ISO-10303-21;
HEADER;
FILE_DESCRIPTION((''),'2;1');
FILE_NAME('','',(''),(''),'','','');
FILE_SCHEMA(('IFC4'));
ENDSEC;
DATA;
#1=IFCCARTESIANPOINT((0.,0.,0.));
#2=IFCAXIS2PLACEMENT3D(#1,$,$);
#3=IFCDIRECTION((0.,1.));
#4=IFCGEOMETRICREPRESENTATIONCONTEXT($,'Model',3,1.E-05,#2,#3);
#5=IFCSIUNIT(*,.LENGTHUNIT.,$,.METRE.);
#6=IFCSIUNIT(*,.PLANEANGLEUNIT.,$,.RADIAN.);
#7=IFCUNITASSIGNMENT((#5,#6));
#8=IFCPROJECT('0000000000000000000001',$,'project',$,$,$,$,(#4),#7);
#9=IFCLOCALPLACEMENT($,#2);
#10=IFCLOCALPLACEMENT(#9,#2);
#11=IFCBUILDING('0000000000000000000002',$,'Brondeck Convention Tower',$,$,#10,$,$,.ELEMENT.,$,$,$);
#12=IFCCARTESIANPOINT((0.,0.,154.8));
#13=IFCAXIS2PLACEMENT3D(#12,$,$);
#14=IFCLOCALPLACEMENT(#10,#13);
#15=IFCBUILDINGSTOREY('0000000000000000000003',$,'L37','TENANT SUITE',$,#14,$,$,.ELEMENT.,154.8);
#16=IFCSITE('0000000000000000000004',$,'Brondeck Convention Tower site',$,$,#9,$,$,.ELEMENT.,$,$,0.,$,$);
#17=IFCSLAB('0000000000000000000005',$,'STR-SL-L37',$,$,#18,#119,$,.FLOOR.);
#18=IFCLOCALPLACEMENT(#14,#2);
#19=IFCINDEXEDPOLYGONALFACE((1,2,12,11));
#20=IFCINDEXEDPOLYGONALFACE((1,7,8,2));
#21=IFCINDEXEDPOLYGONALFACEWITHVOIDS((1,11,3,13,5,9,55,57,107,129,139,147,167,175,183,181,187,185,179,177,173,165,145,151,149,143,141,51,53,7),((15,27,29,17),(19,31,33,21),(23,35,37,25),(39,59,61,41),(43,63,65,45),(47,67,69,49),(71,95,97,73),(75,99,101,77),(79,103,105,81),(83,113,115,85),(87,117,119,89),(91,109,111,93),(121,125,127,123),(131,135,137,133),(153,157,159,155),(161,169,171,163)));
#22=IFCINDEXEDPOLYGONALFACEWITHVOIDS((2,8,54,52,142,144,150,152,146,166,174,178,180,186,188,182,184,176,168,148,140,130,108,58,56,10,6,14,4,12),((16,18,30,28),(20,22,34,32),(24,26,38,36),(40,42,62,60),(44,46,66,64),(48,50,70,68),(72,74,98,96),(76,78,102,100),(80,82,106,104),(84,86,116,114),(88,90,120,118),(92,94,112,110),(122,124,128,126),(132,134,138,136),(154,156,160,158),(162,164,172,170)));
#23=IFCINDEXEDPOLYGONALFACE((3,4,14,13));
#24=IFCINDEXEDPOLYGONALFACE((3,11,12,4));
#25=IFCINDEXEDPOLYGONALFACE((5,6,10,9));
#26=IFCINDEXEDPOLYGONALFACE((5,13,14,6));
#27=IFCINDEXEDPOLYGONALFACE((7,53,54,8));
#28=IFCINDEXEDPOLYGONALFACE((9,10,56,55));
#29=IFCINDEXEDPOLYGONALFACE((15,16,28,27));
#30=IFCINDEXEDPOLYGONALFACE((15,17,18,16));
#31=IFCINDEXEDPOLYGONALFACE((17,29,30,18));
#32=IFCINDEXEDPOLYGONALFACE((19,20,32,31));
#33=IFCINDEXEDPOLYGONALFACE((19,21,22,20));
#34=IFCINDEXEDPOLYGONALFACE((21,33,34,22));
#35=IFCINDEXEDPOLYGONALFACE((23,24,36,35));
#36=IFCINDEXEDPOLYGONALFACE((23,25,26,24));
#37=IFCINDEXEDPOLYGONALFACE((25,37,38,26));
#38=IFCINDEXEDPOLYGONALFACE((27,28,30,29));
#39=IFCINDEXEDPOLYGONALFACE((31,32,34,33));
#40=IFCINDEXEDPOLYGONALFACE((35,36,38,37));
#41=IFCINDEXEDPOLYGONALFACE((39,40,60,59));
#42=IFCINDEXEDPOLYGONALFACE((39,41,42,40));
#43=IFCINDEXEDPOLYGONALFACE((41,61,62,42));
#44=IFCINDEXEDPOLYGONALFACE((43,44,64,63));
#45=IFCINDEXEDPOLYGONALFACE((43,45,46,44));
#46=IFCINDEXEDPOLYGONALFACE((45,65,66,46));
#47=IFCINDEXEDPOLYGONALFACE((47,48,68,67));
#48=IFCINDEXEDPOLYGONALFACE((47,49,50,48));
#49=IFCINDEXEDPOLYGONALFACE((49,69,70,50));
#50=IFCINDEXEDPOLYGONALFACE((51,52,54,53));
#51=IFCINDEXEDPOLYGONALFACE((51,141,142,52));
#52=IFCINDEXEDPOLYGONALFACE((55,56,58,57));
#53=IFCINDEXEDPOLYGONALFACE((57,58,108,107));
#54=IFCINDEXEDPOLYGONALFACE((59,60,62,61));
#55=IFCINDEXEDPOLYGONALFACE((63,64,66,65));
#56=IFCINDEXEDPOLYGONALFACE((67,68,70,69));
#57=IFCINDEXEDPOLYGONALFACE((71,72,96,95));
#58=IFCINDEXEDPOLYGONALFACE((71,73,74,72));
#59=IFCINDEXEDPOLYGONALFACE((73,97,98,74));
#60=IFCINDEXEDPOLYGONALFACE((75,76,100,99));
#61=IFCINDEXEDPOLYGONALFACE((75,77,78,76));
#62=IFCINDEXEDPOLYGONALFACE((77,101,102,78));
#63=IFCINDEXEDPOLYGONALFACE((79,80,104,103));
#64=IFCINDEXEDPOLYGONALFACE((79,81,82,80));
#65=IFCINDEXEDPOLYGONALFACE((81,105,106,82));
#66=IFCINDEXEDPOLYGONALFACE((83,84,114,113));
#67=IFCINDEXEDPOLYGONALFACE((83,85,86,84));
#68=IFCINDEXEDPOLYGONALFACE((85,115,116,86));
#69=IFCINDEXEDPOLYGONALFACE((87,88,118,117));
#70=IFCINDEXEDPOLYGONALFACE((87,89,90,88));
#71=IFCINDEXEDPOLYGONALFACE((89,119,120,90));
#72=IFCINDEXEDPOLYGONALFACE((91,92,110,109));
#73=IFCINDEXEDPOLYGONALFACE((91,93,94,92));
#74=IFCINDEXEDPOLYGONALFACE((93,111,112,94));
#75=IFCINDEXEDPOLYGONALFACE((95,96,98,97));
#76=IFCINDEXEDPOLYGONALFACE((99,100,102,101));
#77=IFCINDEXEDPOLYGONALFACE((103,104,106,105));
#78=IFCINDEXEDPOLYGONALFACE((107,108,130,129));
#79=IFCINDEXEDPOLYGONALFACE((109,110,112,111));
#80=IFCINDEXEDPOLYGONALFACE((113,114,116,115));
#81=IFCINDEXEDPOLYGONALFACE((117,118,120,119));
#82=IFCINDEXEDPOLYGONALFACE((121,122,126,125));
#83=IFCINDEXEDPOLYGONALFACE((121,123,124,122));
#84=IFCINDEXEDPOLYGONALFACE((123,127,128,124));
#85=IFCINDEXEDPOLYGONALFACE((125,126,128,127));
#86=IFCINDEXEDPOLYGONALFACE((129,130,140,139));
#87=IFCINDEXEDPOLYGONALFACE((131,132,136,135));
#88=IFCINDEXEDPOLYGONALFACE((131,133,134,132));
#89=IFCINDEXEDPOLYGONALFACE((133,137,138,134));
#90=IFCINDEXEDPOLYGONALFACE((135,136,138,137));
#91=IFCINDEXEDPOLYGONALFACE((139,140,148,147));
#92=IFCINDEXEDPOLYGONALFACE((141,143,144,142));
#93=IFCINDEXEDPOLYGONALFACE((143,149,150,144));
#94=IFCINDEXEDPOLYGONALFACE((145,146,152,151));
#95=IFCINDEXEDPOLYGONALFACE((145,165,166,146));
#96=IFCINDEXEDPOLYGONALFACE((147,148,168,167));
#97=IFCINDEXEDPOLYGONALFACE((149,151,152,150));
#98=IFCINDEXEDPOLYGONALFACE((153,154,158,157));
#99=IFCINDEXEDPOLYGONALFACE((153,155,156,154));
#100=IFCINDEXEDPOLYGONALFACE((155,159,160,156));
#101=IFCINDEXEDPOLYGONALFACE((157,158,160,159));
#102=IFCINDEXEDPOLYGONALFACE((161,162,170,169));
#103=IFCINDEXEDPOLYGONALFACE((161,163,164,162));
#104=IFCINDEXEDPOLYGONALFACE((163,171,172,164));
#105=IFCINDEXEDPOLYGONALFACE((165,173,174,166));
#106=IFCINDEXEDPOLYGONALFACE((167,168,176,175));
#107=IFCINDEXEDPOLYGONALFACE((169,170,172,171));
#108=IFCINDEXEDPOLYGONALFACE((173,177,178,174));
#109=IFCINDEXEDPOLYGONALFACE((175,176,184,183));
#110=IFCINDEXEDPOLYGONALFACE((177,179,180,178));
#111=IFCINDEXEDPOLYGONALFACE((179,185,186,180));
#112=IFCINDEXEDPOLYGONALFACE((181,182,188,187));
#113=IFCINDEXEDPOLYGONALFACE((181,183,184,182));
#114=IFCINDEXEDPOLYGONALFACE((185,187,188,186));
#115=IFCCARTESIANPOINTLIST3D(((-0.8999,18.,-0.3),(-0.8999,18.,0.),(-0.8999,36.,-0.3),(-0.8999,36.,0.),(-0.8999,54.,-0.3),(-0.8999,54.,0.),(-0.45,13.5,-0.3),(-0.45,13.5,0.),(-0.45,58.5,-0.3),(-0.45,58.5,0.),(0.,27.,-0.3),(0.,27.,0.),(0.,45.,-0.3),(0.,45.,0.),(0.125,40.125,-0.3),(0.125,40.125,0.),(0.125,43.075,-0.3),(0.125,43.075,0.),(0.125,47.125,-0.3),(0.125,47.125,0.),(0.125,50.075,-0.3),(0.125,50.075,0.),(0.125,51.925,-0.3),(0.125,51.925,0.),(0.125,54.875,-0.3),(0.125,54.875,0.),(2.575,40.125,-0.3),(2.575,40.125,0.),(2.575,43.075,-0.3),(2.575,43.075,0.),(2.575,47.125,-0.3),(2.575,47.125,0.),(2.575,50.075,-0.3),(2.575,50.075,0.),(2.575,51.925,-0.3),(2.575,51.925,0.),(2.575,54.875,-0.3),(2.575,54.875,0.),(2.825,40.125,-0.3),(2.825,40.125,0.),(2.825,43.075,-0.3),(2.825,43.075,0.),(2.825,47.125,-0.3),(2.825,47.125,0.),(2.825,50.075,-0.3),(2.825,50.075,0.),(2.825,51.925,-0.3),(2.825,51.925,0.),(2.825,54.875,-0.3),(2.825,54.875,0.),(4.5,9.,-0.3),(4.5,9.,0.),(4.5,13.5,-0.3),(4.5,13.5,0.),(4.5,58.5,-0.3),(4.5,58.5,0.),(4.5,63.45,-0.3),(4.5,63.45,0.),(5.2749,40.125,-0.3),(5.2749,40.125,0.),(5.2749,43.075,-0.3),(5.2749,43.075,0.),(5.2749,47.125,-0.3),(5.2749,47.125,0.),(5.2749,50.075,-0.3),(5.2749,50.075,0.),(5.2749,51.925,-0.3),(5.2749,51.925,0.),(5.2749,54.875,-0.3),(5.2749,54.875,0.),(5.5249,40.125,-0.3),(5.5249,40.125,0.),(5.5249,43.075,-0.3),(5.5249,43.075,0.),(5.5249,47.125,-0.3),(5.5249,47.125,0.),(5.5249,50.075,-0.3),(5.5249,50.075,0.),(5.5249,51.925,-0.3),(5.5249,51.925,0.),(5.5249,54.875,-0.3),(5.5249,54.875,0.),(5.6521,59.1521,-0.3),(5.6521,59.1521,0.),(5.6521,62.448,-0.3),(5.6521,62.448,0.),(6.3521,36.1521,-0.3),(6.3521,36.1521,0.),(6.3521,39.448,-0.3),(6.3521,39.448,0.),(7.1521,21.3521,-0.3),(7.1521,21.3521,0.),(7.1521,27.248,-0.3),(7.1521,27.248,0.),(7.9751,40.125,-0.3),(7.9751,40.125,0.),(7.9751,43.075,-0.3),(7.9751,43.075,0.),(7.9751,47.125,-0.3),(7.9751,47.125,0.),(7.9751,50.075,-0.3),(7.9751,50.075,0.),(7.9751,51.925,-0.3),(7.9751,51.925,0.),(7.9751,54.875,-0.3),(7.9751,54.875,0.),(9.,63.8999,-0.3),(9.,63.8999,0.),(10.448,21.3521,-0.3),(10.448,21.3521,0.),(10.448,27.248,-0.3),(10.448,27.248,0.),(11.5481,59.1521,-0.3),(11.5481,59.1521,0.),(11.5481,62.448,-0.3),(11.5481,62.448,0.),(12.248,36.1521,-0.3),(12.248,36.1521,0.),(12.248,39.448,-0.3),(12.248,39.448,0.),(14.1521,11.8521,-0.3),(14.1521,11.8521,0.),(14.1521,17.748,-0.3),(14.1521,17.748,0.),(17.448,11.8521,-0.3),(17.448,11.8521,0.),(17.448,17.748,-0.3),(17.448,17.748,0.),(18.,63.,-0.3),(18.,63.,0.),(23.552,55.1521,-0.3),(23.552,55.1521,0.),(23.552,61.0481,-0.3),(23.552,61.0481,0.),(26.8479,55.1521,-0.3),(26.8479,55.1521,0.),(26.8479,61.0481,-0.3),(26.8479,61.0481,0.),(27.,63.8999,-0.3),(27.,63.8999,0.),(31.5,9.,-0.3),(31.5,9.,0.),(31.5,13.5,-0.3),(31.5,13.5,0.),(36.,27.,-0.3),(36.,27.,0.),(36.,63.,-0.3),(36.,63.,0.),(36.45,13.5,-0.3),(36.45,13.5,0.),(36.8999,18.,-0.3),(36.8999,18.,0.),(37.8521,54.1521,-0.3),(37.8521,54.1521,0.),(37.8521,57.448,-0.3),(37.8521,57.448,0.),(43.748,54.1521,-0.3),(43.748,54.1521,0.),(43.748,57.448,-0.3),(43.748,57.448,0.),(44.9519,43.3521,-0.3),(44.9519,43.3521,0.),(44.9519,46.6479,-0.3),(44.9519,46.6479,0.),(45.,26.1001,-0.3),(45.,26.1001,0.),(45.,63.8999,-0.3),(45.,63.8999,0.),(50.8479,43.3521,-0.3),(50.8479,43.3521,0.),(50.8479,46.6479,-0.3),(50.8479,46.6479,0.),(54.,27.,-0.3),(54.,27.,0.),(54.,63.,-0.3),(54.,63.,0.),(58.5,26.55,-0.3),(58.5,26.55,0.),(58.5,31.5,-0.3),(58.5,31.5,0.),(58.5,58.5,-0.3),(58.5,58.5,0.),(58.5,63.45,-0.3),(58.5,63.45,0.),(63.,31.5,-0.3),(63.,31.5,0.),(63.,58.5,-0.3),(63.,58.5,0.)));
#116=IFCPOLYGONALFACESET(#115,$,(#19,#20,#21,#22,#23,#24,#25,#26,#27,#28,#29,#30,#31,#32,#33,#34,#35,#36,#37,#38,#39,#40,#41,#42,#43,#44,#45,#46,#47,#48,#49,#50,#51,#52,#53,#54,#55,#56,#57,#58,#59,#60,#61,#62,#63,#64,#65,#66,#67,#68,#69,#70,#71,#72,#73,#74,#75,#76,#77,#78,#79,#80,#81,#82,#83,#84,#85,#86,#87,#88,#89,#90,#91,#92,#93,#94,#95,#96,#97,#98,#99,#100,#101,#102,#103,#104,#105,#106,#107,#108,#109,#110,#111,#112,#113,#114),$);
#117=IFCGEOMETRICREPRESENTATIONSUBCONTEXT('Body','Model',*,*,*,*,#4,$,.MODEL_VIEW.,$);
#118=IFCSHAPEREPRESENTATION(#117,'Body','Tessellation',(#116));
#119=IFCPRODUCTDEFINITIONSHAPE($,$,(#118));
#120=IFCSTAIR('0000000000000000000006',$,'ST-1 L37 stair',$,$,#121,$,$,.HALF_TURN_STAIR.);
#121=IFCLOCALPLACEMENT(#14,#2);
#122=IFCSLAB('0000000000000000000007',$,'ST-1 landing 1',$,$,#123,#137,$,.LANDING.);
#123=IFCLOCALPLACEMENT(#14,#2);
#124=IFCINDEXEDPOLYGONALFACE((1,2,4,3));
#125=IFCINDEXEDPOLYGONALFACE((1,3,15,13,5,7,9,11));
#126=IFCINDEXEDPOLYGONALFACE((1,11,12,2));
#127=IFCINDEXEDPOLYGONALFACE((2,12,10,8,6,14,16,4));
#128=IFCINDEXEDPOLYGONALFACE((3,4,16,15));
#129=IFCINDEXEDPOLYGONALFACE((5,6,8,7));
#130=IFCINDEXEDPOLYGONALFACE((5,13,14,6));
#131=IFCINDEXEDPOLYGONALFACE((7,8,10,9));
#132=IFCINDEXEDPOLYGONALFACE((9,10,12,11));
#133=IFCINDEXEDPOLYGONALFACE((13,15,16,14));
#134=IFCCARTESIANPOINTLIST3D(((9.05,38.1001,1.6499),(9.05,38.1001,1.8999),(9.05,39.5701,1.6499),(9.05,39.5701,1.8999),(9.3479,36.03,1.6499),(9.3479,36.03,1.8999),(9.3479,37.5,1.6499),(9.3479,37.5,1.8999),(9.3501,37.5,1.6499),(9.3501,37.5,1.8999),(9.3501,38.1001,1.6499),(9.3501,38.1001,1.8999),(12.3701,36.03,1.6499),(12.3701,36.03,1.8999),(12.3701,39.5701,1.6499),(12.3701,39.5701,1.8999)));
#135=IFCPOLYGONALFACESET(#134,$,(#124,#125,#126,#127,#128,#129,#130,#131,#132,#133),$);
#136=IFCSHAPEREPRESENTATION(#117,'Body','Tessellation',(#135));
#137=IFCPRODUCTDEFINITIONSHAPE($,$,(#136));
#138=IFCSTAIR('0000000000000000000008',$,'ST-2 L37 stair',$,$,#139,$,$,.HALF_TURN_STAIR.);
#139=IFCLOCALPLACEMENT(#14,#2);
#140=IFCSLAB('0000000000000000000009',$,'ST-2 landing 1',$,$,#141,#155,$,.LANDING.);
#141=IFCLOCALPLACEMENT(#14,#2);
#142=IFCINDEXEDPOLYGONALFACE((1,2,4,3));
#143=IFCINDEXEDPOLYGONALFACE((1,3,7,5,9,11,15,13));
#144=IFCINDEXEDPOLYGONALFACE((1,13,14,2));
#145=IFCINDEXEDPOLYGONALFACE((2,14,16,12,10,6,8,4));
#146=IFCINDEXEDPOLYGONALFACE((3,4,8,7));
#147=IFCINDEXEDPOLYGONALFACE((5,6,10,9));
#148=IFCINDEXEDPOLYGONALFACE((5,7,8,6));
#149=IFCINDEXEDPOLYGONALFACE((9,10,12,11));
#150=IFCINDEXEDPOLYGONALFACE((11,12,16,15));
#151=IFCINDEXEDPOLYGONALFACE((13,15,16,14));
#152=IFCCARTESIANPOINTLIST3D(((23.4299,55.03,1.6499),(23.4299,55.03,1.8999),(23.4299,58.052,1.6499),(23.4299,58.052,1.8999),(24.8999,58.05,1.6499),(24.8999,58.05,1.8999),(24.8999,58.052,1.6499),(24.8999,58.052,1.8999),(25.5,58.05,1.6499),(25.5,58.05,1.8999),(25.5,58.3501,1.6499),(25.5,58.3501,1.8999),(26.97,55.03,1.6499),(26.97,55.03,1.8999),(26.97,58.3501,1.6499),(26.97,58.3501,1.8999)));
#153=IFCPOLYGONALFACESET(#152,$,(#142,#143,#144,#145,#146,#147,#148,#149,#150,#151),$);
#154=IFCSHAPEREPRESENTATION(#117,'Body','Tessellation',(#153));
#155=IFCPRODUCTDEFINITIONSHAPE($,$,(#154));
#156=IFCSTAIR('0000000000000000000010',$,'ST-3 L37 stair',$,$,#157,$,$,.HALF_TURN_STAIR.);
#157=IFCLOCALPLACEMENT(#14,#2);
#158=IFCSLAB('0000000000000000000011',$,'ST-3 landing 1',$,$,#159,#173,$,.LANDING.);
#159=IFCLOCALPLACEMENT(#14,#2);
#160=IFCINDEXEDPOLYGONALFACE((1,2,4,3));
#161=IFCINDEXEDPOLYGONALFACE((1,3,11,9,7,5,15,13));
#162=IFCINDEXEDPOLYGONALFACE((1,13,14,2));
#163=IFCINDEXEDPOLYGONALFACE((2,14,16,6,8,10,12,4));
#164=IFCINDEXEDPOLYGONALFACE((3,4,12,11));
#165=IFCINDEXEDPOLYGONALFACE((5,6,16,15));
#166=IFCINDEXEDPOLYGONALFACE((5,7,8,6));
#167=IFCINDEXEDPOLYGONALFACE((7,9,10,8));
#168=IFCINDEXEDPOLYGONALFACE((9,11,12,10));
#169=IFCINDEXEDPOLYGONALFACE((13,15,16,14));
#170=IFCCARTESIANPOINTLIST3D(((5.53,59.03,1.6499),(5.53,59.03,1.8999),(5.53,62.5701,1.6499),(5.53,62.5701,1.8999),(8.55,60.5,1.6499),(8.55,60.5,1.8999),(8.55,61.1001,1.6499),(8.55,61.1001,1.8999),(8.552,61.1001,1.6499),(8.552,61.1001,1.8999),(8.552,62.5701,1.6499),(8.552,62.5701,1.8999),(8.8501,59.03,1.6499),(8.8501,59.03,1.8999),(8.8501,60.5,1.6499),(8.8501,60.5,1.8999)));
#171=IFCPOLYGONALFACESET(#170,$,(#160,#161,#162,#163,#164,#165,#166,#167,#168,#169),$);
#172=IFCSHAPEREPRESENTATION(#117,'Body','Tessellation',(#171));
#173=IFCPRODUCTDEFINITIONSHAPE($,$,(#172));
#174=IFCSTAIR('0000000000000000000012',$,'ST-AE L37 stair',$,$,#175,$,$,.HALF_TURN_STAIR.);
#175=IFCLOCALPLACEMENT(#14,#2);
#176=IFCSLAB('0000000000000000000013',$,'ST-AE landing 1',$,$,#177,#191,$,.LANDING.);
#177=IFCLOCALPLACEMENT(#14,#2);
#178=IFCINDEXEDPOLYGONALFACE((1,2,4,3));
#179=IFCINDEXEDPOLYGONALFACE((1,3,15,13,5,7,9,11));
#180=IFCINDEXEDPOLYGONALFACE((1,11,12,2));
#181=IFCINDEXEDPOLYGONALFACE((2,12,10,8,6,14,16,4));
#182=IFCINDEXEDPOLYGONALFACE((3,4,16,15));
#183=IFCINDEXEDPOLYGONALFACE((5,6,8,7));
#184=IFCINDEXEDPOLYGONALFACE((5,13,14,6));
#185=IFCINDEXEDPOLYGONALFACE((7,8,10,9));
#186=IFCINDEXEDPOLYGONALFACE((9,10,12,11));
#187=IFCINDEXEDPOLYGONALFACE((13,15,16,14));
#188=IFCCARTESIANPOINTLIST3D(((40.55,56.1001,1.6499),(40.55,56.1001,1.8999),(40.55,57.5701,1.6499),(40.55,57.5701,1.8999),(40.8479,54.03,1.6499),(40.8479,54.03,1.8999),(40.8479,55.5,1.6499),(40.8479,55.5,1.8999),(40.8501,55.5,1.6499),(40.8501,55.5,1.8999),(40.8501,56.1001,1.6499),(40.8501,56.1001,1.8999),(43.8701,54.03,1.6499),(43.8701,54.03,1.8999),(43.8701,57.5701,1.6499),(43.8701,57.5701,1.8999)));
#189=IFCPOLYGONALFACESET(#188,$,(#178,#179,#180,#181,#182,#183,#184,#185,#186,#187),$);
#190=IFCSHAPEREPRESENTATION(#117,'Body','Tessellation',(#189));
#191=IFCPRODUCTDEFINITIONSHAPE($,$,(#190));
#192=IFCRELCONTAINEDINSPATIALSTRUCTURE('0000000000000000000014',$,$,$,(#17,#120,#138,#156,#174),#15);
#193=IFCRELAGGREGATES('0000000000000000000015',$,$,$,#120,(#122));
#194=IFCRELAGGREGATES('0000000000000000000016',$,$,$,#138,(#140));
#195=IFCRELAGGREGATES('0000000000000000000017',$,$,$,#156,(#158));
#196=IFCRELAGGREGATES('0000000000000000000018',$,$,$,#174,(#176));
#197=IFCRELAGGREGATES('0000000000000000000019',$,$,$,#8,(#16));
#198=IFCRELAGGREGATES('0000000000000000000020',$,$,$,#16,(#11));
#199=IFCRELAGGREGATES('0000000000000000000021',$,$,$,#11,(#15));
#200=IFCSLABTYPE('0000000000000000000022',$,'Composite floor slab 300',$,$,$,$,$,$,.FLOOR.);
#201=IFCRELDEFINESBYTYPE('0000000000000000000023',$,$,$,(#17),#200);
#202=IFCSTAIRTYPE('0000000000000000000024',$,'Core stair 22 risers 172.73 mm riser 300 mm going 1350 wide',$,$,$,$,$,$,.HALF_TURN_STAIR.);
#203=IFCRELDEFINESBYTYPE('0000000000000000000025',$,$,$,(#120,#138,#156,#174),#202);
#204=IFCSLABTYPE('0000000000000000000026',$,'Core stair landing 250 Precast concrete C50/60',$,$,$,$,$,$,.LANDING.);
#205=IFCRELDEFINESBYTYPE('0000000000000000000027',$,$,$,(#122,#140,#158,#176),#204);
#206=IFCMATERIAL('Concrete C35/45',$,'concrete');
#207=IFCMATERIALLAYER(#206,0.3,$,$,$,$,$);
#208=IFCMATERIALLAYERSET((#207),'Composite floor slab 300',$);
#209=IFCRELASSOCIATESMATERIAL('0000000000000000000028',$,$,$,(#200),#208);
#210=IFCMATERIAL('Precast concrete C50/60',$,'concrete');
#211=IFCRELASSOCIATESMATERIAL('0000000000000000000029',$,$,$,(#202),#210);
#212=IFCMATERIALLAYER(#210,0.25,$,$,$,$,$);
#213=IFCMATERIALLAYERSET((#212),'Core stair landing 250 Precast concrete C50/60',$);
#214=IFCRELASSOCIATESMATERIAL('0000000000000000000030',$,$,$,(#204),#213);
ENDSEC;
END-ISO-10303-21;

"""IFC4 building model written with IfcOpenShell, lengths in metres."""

from ifc_helpers import new_model, si_unit, direction, frame, origin, place, context, subcontext, project, spatial, polyline, outline, extrude, material, layer, layer_set, type_object, element, aggregate, save


model = new_model("IFC4")

# Units and contexts
model_context = context("Model", 3, precision=1e-05, world=origin(), true_north=direction((0.0, 1.0)))
body_context = subcontext(model_context, "Body", "Model", "MODEL_VIEW")
ifc_project = project(units=[si_unit("LENGTHUNIT", "METRE"), si_unit("PLANEANGLEUNIT", "RADIAN")], contexts=[model_context])

# Site, building, storey
site_placement = place(None, origin())
site = spatial("IfcSite", under=ifc_project, at=site_placement, Name="Brondeck Convention Tower site", CompositionType="ELEMENT", RefElevation=0.0)
building_placement = place(site_placement, origin())
building = spatial("IfcBuilding", under=site, at=building_placement, Name="Brondeck Convention Tower", CompositionType="ELEMENT")
storey_placement = place(building_placement, frame((0.0, 0.0, 154.8)))
storey = spatial("IfcBuildingStorey", under=building, at=storey_placement, Name="L37", Description="TENANT SUITE", CompositionType="ELEMENT", Elevation=154.8)

# Slab
ifc_material_1 = material(Name="Concrete C35/45", Category="concrete")
ifc_layer_1 = layer(ifc_material_1, 0.3)
ifc_layer_set_1 = layer_set([ifc_layer_1], Name="Composite floor slab 300")
slab_type_1 = type_object("IfcSlabType", Name="Composite floor slab 300", PredefinedType="FLOOR", material=ifc_layer_set_1)
slab_1_placement = place(storey_placement, frame((0.0, 0.0, -0.3)))
element("IfcSlab", 1, at=slab_1_placement, inside=storey, type_object=slab_type_1, Name="STR-SL-L37", PredefinedType="FLOOR", context=body_context, shape_type="SweptSolid", body=[
    extrude(outline(polyline([(4.5, 13.5), (-0.45, 13.5), (-0.8999, 18.0), (0.0, 27.0), (-0.8999, 36.0), (0.0, 45.0), (-0.8999, 54.0), (-0.45, 58.5), (4.5, 58.5), (4.5, 63.45), (9.0, 63.8999), (18.0, 63.0), (27.0, 63.8999), (36.0, 63.0), (45.0, 63.8999), (54.0, 63.0), (58.5, 63.45), (58.5, 58.5), (63.0, 58.5), (63.0, 31.5), (58.5, 31.5), (58.5, 26.55), (54.0, 27.0), (45.0, 26.1001), (36.0, 27.0), (36.8999, 18.0), (36.45, 13.5), (31.5, 13.5), (31.5, 9.0), (4.5, 9.0), (4.5, 13.5)]), holes=[polyline([(2.575, 40.125), (2.575, 43.075), (0.125, 43.075), (0.125, 40.125), (2.575, 40.125)]), polyline([(5.2749, 40.125), (5.2749, 43.075), (2.825, 43.075), (2.825, 40.125), (5.2749, 40.125)]), polyline([(7.9751, 40.125), (7.9751, 43.075), (5.5249, 43.075), (5.5249, 40.125), (7.9751, 40.125)]), polyline([(2.575, 47.125), (2.575, 50.075), (0.125, 50.075), (0.125, 47.125), (2.575, 47.125)]), polyline([(5.2749, 47.125), (5.2749, 50.075), (2.825, 50.075), (2.825, 47.125), (5.2749, 47.125)]), polyline([(7.9751, 47.125), (7.9751, 50.075), (5.5249, 50.075), (5.5249, 47.125), (7.9751, 47.125)]), polyline([(2.575, 51.925), (2.575, 54.875), (0.125, 54.875), (0.125, 51.925), (2.575, 51.925)]), polyline([(5.2749, 51.925), (5.2749, 54.875), (2.825, 54.875), (2.825, 51.925), (5.2749, 51.925)]), polyline([(17.448, 17.748), (14.1521, 17.748), (14.1521, 11.8521), (17.448, 11.8521), (17.448, 17.748)]), polyline([(10.448, 27.248), (7.1521, 27.248), (7.1521, 21.3521), (10.448, 21.3521), (10.448, 27.248)]), polyline([(12.248, 36.1521), (12.248, 39.448), (6.3521, 39.448), (6.3521, 36.1521), (12.248, 36.1521)]), polyline([(50.8479, 43.3521), (50.8479, 46.6479), (44.9519, 46.6479), (44.9519, 43.3521), (50.8479, 43.3521)]), polyline([(7.9751, 51.925), (7.9751, 54.875), (5.5249, 54.875), (5.5249, 51.925), (7.9751, 51.925)]), polyline([(43.748, 54.1521), (43.748, 57.448), (37.8521, 57.448), (37.8521, 54.1521), (43.748, 54.1521)]), polyline([(23.552, 55.1521), (26.8479, 55.1521), (26.8479, 61.0481), (23.552, 61.0481), (23.552, 55.1521)]), polyline([(5.6521, 62.448), (5.6521, 59.1521), (11.5481, 59.1521), (11.5481, 62.448), (5.6521, 62.448)])]), origin(), (0.0, 0.0, 1.0), 0.3),
])

# Stairs, slabs
ifc_material_2 = material(Name="Precast concrete C50/60", Category="concrete")
stair_type = type_object("IfcStairType", Name="Core stair 22 risers 172.73 mm riser 300 mm going 1350 wide", PredefinedType="HALF_TURN_STAIR", material=ifc_material_2)
stair_1_placement = place(storey_placement, origin())
stair_1 = element("IfcStair", 2, at=stair_1_placement, inside=storey, type_object=stair_type, Name="ST-1 L37 stair", PredefinedType="HALF_TURN_STAIR")
ifc_layer_2 = layer(ifc_material_2, 0.25)
ifc_layer_set_2 = layer_set([ifc_layer_2], Name="Core stair landing 250 Precast concrete C50/60")
slab_type_2 = type_object("IfcSlabType", Name="Core stair landing 250 Precast concrete C50/60", PredefinedType="LANDING", material=ifc_layer_set_2)
slab_2_placement = place(storey_placement, frame((0.0, 0.0, 1.6499)))
slab_2 = element("IfcSlab", 3, at=slab_2_placement, type_object=slab_type_2, Name="ST-1 landing 1", PredefinedType="LANDING", context=body_context, shape_type="SweptSolid", body=[
    extrude(outline(polyline([(9.3479, 37.5), (9.3501, 37.5), (9.3501, 38.1001), (9.05, 38.1001), (9.05, 39.5701), (12.3701, 39.5701), (12.3701, 36.03), (9.3479, 36.03), (9.3479, 37.5)])), origin(), (0.0, 0.0, 1.0), 0.25),
])
aggregate(stair_1, [slab_2])
stair_2_placement = place(storey_placement, origin())
stair_2 = element("IfcStair", 4, at=stair_2_placement, inside=storey, type_object=stair_type, Name="ST-2 L37 stair", PredefinedType="HALF_TURN_STAIR")
slab_3_placement = place(storey_placement, frame((0.0, 0.0, 1.6499)))
slab_3 = element("IfcSlab", 5, at=slab_3_placement, type_object=slab_type_2, Name="ST-2 landing 1", PredefinedType="LANDING", context=body_context, shape_type="SweptSolid", body=[
    extrude(outline(polyline([(23.4299, 58.052), (24.8999, 58.052), (24.8999, 58.05), (25.5, 58.05), (25.5, 58.3501), (26.97, 58.3501), (26.97, 55.03), (23.4299, 55.03), (23.4299, 58.052)])), origin(), (0.0, 0.0, 1.0), 0.25),
])
aggregate(stair_2, [slab_3])
stair_3_placement = place(storey_placement, origin())
stair_3 = element("IfcStair", 6, at=stair_3_placement, inside=storey, type_object=stair_type, Name="ST-3 L37 stair", PredefinedType="HALF_TURN_STAIR")
slab_4_placement = place(storey_placement, frame((0.0, 0.0, 1.6499)))
slab_4 = element("IfcSlab", 7, at=slab_4_placement, type_object=slab_type_2, Name="ST-3 landing 1", PredefinedType="LANDING", context=body_context, shape_type="SweptSolid", body=[
    extrude(outline(polyline([(8.8501, 60.5), (8.8501, 59.03), (5.53, 59.03), (5.53, 62.5701), (8.552, 62.5701), (8.552, 61.1001), (8.55, 61.1001), (8.55, 60.5), (8.8501, 60.5)])), origin(), (0.0, 0.0, 1.0), 0.25),
])
aggregate(stair_3, [slab_4])
stair_4_placement = place(storey_placement, origin())
stair_4 = element("IfcStair", 8, at=stair_4_placement, inside=storey, type_object=stair_type, Name="ST-AE L37 stair", PredefinedType="HALF_TURN_STAIR")
slab_5_placement = place(storey_placement, frame((0.0, 0.0, 1.6499)))
slab_5 = element("IfcSlab", 9, at=slab_5_placement, type_object=slab_type_2, Name="ST-AE landing 1", PredefinedType="LANDING", context=body_context, shape_type="SweptSolid", body=[
    extrude(outline(polyline([(40.8479, 55.5), (40.8501, 55.5), (40.8501, 56.1001), (40.55, 56.1001), (40.55, 57.5701), (43.8701, 57.5701), (43.8701, 54.03), (40.8479, 54.03), (40.8479, 55.5)])), origin(), (0.0, 0.0, 1.0), 0.25),
])
aggregate(stair_4, [slab_5])

save(model, "model.ifc")
